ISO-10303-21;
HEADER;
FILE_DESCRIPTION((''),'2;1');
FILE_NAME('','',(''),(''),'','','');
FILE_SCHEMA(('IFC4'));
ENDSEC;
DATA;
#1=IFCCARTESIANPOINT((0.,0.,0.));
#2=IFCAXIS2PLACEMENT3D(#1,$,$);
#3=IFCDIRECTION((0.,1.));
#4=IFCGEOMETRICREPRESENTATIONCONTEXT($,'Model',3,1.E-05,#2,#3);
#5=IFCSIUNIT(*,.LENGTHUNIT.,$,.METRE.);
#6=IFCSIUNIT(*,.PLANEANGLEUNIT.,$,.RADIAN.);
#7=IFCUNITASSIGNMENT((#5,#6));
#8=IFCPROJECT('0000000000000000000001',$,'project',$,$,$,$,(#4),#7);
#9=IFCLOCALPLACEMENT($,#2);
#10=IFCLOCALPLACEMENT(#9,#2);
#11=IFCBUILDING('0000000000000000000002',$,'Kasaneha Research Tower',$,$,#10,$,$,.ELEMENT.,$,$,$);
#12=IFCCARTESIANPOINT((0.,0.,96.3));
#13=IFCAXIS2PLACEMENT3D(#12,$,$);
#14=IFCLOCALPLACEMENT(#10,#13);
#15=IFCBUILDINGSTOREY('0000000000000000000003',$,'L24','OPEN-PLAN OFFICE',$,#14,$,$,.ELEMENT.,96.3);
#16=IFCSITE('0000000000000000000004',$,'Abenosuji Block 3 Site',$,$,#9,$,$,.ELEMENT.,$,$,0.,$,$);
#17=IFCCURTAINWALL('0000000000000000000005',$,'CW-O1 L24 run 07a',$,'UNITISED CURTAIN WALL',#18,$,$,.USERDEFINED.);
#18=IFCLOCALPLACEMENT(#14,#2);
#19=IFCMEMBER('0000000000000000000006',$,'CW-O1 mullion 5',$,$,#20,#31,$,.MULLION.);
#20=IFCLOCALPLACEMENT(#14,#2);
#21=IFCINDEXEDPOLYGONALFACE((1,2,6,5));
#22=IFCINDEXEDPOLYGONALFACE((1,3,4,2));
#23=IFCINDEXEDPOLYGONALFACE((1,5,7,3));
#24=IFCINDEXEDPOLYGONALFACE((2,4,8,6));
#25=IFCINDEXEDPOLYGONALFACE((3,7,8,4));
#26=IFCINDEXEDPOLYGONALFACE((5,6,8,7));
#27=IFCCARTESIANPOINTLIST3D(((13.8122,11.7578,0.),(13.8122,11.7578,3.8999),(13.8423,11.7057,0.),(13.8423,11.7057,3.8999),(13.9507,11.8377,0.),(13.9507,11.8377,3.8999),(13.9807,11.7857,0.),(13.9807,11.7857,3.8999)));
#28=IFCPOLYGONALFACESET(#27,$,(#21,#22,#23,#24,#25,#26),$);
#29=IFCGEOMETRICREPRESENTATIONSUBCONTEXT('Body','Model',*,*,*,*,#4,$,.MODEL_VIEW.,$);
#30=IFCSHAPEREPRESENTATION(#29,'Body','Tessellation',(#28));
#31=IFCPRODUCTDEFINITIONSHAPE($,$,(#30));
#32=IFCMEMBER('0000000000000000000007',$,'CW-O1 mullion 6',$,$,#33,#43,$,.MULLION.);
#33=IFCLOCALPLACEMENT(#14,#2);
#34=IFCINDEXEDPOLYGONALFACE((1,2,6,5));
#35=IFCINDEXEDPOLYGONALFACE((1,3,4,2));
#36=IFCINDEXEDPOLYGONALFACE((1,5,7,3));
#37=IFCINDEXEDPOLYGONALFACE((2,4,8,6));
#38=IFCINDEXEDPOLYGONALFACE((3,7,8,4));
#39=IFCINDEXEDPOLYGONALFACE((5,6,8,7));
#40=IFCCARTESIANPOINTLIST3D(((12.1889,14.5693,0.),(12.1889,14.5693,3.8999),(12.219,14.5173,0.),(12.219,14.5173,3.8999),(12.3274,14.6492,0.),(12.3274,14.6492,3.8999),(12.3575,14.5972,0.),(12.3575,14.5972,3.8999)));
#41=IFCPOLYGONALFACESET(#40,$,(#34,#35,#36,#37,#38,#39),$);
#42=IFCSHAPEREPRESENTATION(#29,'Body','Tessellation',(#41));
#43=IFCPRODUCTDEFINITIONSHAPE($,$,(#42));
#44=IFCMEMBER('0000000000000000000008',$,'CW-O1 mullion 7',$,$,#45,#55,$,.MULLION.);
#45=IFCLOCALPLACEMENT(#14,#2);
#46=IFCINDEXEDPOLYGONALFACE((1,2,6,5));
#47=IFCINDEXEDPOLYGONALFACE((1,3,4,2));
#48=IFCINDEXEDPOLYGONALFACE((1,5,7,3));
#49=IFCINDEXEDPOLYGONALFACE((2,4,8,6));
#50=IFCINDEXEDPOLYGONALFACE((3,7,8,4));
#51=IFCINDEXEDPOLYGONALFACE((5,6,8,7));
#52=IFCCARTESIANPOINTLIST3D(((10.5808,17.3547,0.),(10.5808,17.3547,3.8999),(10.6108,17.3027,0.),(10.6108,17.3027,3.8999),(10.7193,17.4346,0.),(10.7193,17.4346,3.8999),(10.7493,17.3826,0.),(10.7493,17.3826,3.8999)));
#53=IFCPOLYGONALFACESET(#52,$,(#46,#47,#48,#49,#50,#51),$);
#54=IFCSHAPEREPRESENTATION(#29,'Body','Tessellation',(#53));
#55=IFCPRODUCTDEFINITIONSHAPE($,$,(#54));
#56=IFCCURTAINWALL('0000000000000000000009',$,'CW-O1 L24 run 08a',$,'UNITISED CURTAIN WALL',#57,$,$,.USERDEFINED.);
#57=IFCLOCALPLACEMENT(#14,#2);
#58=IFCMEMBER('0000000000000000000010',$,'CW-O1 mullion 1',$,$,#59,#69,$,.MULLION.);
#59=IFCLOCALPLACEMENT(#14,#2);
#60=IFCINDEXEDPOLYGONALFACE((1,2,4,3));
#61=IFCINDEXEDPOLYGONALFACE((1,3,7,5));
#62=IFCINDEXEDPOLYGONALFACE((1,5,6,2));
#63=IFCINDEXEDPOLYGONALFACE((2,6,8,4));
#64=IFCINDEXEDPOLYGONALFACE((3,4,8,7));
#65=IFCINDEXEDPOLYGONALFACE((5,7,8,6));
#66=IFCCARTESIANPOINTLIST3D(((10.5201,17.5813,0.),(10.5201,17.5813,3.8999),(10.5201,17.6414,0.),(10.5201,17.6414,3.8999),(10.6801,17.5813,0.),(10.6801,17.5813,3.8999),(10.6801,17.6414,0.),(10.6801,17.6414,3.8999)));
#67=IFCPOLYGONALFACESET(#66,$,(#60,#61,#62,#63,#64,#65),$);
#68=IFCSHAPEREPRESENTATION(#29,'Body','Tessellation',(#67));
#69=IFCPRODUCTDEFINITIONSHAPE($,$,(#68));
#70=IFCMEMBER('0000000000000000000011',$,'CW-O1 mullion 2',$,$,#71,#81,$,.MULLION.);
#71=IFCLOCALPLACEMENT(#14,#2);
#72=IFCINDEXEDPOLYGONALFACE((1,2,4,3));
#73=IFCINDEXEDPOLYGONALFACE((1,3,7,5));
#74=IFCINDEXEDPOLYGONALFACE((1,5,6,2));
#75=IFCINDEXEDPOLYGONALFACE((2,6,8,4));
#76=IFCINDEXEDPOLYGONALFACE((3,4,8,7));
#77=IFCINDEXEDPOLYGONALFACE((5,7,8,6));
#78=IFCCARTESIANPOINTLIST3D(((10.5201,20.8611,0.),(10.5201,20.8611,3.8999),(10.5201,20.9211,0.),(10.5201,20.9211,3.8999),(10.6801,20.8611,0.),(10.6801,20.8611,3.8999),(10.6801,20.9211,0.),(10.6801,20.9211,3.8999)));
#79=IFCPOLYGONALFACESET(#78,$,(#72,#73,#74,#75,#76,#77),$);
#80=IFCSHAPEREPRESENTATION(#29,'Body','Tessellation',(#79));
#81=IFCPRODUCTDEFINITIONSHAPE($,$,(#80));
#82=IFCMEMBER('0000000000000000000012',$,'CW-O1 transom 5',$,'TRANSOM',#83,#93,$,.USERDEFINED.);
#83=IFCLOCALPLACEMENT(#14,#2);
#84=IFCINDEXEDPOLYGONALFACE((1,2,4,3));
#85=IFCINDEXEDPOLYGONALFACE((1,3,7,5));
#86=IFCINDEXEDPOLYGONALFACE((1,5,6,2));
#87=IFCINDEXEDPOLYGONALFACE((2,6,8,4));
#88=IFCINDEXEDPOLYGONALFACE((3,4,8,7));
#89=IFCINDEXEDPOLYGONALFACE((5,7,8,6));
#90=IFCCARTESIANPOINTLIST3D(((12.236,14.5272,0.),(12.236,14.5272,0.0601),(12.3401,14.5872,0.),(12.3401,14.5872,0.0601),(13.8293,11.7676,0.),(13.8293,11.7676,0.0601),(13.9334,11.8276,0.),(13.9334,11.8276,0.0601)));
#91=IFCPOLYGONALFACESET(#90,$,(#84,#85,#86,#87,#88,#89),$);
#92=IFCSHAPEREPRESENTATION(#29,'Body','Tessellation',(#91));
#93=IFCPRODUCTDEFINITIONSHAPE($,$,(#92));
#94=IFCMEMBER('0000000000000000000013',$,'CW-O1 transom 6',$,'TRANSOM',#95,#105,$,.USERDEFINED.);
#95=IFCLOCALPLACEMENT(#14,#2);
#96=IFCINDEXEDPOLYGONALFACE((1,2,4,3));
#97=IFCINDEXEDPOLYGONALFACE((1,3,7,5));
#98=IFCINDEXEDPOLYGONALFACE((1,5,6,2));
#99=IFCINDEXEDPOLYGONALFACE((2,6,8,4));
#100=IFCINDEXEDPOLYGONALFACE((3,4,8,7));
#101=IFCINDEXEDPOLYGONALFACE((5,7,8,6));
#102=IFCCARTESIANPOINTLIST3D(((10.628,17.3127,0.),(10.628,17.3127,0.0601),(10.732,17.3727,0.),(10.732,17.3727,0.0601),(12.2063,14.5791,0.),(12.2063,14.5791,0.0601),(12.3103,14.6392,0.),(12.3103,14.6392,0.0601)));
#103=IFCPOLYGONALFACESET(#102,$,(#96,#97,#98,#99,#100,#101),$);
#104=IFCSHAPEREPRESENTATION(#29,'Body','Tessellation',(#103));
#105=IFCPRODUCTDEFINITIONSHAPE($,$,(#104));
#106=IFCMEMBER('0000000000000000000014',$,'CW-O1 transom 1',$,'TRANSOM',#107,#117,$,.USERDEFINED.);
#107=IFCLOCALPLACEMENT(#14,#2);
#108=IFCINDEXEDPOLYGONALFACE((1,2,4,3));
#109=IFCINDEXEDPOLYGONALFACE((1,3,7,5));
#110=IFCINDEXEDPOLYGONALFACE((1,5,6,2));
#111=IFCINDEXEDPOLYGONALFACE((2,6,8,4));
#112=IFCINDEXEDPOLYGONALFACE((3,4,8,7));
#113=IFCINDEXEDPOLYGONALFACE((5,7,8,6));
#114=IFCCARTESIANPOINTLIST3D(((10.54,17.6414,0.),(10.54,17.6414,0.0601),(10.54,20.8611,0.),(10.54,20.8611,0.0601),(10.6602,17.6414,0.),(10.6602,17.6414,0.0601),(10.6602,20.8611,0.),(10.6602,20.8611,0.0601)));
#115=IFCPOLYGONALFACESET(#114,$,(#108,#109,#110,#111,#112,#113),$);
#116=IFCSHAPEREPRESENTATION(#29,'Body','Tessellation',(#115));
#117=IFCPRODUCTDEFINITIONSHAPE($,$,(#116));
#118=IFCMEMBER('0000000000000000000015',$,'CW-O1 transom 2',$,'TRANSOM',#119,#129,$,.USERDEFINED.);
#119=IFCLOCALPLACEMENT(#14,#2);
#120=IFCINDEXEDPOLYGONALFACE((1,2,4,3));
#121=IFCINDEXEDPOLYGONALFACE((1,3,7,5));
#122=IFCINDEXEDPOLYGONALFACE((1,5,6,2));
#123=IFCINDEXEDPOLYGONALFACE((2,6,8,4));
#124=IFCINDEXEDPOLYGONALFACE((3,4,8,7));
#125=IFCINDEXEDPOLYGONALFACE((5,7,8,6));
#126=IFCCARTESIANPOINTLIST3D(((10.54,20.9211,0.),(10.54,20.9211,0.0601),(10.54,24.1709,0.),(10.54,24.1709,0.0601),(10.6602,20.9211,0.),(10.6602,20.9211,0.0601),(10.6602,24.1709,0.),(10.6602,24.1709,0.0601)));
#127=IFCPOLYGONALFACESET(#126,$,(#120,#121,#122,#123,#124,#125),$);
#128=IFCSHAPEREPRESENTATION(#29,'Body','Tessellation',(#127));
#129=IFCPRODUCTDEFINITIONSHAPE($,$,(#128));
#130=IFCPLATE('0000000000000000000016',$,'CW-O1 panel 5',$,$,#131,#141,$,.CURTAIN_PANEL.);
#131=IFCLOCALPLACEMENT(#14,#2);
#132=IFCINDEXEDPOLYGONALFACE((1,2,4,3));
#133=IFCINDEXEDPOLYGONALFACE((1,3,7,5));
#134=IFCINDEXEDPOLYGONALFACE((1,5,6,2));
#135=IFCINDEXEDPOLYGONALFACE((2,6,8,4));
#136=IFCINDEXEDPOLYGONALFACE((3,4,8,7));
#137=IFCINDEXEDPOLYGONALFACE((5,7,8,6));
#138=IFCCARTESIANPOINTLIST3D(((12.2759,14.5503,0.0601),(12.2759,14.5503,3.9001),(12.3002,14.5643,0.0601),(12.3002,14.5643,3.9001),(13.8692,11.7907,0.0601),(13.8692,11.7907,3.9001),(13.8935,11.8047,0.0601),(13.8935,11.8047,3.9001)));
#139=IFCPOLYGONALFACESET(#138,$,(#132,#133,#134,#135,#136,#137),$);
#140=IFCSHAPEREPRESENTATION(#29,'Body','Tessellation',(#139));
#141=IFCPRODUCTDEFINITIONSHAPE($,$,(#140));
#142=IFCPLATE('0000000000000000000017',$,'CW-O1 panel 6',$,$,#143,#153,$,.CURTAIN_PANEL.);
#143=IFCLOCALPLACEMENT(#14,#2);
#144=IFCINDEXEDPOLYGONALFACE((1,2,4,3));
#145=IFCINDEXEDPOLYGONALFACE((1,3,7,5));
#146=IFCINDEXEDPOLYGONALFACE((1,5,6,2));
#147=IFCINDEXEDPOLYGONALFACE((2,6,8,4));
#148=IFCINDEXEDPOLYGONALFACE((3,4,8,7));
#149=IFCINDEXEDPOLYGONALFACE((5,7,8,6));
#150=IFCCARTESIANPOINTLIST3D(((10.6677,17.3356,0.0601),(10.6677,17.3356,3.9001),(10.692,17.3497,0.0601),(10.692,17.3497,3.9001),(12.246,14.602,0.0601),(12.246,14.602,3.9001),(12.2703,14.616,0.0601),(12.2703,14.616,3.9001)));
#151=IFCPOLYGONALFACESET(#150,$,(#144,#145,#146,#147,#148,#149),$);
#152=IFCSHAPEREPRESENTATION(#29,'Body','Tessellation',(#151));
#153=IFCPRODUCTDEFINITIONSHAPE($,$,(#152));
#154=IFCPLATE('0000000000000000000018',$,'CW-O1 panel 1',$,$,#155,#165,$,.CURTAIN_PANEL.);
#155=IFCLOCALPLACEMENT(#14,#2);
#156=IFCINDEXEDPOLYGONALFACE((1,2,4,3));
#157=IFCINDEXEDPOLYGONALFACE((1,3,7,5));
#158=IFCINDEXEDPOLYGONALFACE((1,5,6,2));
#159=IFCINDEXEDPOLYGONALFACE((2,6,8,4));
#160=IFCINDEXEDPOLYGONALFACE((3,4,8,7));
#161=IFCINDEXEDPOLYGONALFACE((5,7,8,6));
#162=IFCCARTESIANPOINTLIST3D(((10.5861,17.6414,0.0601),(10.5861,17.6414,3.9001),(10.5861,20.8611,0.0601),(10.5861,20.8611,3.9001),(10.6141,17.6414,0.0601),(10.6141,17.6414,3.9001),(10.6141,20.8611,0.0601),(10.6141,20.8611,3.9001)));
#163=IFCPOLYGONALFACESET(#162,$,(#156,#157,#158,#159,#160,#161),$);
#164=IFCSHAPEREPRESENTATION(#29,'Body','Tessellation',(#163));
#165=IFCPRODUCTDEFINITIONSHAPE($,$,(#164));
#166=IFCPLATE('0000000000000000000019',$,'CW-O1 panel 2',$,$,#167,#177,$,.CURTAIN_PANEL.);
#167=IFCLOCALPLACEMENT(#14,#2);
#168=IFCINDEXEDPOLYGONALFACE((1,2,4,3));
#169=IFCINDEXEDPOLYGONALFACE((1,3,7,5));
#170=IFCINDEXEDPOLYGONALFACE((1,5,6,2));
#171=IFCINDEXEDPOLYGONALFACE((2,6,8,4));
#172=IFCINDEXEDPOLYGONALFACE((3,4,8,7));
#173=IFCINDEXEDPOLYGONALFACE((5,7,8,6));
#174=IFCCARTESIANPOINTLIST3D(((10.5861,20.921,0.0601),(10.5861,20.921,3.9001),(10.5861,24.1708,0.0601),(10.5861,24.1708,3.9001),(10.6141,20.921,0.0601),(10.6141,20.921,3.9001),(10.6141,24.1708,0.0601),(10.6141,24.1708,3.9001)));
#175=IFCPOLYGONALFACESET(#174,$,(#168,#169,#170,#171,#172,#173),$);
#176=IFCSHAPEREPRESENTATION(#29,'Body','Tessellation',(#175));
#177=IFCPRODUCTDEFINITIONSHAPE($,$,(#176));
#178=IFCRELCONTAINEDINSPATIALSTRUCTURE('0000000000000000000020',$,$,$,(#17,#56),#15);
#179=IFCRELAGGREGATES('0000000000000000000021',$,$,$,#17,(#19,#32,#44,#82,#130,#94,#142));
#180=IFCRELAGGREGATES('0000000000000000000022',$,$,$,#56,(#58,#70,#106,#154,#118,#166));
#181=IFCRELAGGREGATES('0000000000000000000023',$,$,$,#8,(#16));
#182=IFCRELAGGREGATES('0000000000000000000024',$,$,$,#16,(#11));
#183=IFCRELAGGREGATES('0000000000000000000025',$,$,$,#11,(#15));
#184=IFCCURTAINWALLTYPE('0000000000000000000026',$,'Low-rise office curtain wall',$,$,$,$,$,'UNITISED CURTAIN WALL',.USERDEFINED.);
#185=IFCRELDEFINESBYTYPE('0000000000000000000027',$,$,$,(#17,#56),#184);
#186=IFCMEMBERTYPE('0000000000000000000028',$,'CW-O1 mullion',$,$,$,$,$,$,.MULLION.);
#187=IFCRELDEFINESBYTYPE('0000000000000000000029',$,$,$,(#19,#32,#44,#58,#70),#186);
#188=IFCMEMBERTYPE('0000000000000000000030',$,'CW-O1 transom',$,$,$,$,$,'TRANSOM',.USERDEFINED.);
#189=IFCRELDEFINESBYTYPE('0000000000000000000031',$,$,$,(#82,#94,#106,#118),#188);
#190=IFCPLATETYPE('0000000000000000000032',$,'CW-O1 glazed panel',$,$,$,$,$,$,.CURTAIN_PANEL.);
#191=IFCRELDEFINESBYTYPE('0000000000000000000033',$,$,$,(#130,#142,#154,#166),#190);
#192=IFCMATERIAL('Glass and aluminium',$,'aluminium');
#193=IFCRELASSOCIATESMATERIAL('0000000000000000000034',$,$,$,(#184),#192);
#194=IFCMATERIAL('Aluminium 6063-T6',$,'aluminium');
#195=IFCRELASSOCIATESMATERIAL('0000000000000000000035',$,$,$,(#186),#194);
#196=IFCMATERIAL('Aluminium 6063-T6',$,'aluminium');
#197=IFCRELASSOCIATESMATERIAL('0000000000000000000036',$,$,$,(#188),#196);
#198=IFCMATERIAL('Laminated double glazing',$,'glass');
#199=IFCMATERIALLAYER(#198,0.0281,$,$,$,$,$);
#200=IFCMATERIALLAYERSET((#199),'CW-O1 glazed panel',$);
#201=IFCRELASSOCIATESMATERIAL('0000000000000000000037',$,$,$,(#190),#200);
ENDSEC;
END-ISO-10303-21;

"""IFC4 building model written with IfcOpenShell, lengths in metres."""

from ifc_helpers import new_model, si_unit, direction, frame, origin, origin_2d, place, context, subcontext, project, spatial, rectangle, extrude, material, layer, layer_set, material_profile, profile_set, type_object, element, aggregate, save


model = new_model("IFC4")

# Units and contexts
model_context = context("Model", 3, precision=1e-05, world=origin(), true_north=direction((0.0, 1.0)))
body_context = subcontext(model_context, "Body", "Model", "MODEL_VIEW")
ifc_project = project(units=[si_unit("LENGTHUNIT", "METRE"), si_unit("PLANEANGLEUNIT", "RADIAN")], contexts=[model_context])

# Site, building, storey
site_placement = place(None, origin())
site = spatial("IfcSite", under=ifc_project, at=site_placement, Name="Abenosuji Block 3 Site", CompositionType="ELEMENT", RefElevation=0.0)
building_placement = place(site_placement, origin())
building = spatial("IfcBuilding", under=site, at=building_placement, Name="Kasaneha Research Tower", CompositionType="ELEMENT")
storey_placement = place(building_placement, frame((0.0, 0.0, 96.3)))
storey = spatial("IfcBuildingStorey", under=building, at=storey_placement, Name="L24", Description="OPEN-PLAN OFFICE", CompositionType="ELEMENT", Elevation=96.3)

# Curtain walls, members
ifc_material_1 = material(Name="Glass and aluminium", Category="aluminium")
curtain_wall_type = type_object("IfcCurtainWallType", Name="Low-rise office curtain wall", ElementType="UNITISED CURTAIN WALL", PredefinedType="USERDEFINED", material=ifc_material_1)
curtain_wall_1_placement = place(storey_placement, origin())
curtain_wall_1 = element("IfcCurtainWall", 1, at=curtain_wall_1_placement, inside=storey, type_object=curtain_wall_type, Name="CW-O1 L24 run 07a", ObjectType="UNITISED CURTAIN WALL", PredefinedType="USERDEFINED")
ifc_material_2 = material(Name="Aluminium 6063-T6", Category="aluminium")
ifc_material_profile_1 = material_profile(ifc_material_2, rectangle(XDim=0.0601, YDim=0.1599, at=origin_2d()), Name="CW-O1 mullion 60x160")
ifc_profile_set_1 = profile_set([ifc_material_profile_1], Name="Aluminium 6063-T6")
member_type_1 = type_object("IfcMemberType", Name="CW-O1 mullion", PredefinedType="MULLION", material=ifc_profile_set_1)
member_1_placement = place(storey_placement, frame((13.8965, 11.7717, 0.0), z_axis=(0.0, 0.0, 1.0), x_axis=(-0.5, 0.866025, 0.0)))
member_1 = element("IfcMember", 2, at=member_1_placement, type_object=member_type_1, Name="CW-O1 mullion 5", PredefinedType="MULLION", context=body_context, shape_type="SweptSolid", body=[
    extrude(rectangle(XDim=0.0601, YDim=0.1599, at=origin_2d()), origin(), (0.0, 0.0, 1.0), 3.8999),
])
member_2_placement = place(storey_placement, frame((12.2732, 14.5833, 0.0), z_axis=(0.0, 0.0, 1.0), x_axis=(-0.5, 0.866025, 0.0)))
member_2 = element("IfcMember", 3, at=member_2_placement, type_object=member_type_1, Name="CW-O1 mullion 6", PredefinedType="MULLION", context=body_context, shape_type="SweptSolid", body=[
    extrude(rectangle(XDim=0.0601, YDim=0.1599, at=origin_2d()), origin(), (0.0, 0.0, 1.0), 3.8999),
])
member_3_placement = place(storey_placement, frame((10.665, 17.3687, 0.0), z_axis=(0.0, 0.0, 1.0), x_axis=(-0.5, 0.866025, 0.0)))
member_3 = element("IfcMember", 4, at=member_3_placement, type_object=member_type_1, Name="CW-O1 mullion 7", PredefinedType="MULLION", context=body_context, shape_type="SweptSolid", body=[
    extrude(rectangle(XDim=0.0601, YDim=0.1599, at=origin_2d()), origin(), (0.0, 0.0, 1.0), 3.8999),
])
curtain_wall_2_placement = place(storey_placement, origin())
curtain_wall_2 = element("IfcCurtainWall", 5, at=curtain_wall_2_placement, inside=storey, type_object=curtain_wall_type, Name="CW-O1 L24 run 08a", ObjectType="UNITISED CURTAIN WALL", PredefinedType="USERDEFINED")
member_4_placement = place(storey_placement, frame((10.6001, 17.6113, 0.0), z_axis=(0.0, 0.0, 1.0), x_axis=(0.0, 1.0, 0.0)))
member_4 = element("IfcMember", 6, at=member_4_placement, type_object=member_type_1, Name="CW-O1 mullion 1", PredefinedType="MULLION", context=body_context, shape_type="SweptSolid", body=[
    extrude(rectangle(XDim=0.0601, YDim=0.1599, at=origin_2d()), origin(), (0.0, 0.0, 1.0), 3.8999),
])
member_5_placement = place(storey_placement, frame((10.6001, 20.8911, 0.0), z_axis=(0.0, 0.0, 1.0), x_axis=(0.0, 1.0, 0.0)))
member_5 = element("IfcMember", 7, at=member_5_placement, type_object=member_type_1, Name="CW-O1 mullion 2", PredefinedType="MULLION", context=body_context, shape_type="SweptSolid", body=[
    extrude(rectangle(XDim=0.0601, YDim=0.1599, at=origin_2d()), origin(), (0.0, 0.0, 1.0), 3.8999),
])

# Members
ifc_material_3 = material(Name="Aluminium 6063-T6", Category="aluminium")
ifc_material_profile_2 = material_profile(ifc_material_3, rectangle(XDim=0.1201, YDim=0.0601, at=origin_2d()), Name="CW-O1 transom 120x60")
ifc_profile_set_2 = profile_set([ifc_material_profile_2], Name="Aluminium 6063-T6")
member_type_2 = type_object("IfcMemberType", Name="CW-O1 transom", ElementType="TRANSOM", PredefinedType="USERDEFINED", material=ifc_profile_set_2)
member_6_placement = place(storey_placement, frame((13.8813, 11.7976, 0.03), z_axis=(-0.500012, 0.866018, 0.0), x_axis=(-0.866018, -0.500012, 0.0)))
member_6 = element("IfcMember", 8, at=member_6_placement, type_object=member_type_2, Name="CW-O1 transom 5", ObjectType="TRANSOM", PredefinedType="USERDEFINED", context=body_context, shape_type="SweptSolid", body=[
    extrude(rectangle(XDim=0.1201, YDim=0.0601, at=origin_2d()), origin(), (0.0, 0.0, 1.0), 3.1865),
])
member_7_placement = place(storey_placement, frame((12.2583, 14.6091, 0.03), z_axis=(-0.500024, 0.866012, 0.0), x_axis=(-0.866012, -0.500024, 0.0)))
member_7 = element("IfcMember", 9, at=member_7_placement, type_object=member_type_2, Name="CW-O1 transom 6", ObjectType="TRANSOM", PredefinedType="USERDEFINED", context=body_context, shape_type="SweptSolid", body=[
    extrude(rectangle(XDim=0.1201, YDim=0.0601, at=origin_2d()), origin(), (0.0, 0.0, 1.0), 3.1565),
])
member_8_placement = place(storey_placement, frame((10.6001, 17.6414, 0.03), z_axis=(0.0, 1.0, 0.0), x_axis=(-1.0, 0.0, 0.0)))
member_8 = element("IfcMember", 10, at=member_8_placement, type_object=member_type_2, Name="CW-O1 transom 1", ObjectType="TRANSOM", PredefinedType="USERDEFINED", context=body_context, shape_type="SweptSolid", body=[
    extrude(rectangle(XDim=0.1201, YDim=0.0601, at=origin_2d()), origin(), (0.0, 0.0, 1.0), 3.2197),
])
member_9_placement = place(storey_placement, frame((10.6001, 20.9211, 0.03), z_axis=(0.0, 1.0, 0.0), x_axis=(-1.0, 0.0, 0.0)))
member_9 = element("IfcMember", 11, at=member_9_placement, type_object=member_type_2, Name="CW-O1 transom 2", ObjectType="TRANSOM", PredefinedType="USERDEFINED", context=body_context, shape_type="SweptSolid", body=[
    extrude(rectangle(XDim=0.1201, YDim=0.0601, at=origin_2d()), origin(), (0.0, 0.0, 1.0), 3.2498),
])

# Plates
ifc_material_4 = material(Name="Laminated double glazing", Category="glass")
ifc_layer_1 = layer(ifc_material_4, 0.0281)
ifc_layer_set_1 = layer_set([ifc_layer_1], Name="CW-O1 glazed panel")
plate_type = type_object("IfcPlateType", Name="CW-O1 glazed panel", PredefinedType="CURTAIN_PANEL", material=ifc_layer_set_1)
plate_1_placement = place(storey_placement, frame((13.0847, 13.1775, 0.0601), z_axis=(0.0, 0.0, 1.0), x_axis=(-0.5, 0.866025, 0.0)))
plate_1 = element("IfcPlate", 12, at=plate_1_placement, type_object=plate_type, Name="CW-O1 panel 5", PredefinedType="CURTAIN_PANEL", context=body_context, shape_type="SweptSolid", body=[
    extrude(rectangle(XDim=3.1865, YDim=0.0281, at=origin_2d()), origin(), (0.0, 0.0, 1.0), 3.8401),
])
plate_2_placement = place(storey_placement, frame((11.469, 15.9758, 0.0601), z_axis=(0.0, 0.0, 1.0), x_axis=(-0.5, 0.866025, 0.0)))
plate_2 = element("IfcPlate", 13, at=plate_2_placement, type_object=plate_type, Name="CW-O1 panel 6", PredefinedType="CURTAIN_PANEL", context=body_context, shape_type="SweptSolid", body=[
    extrude(rectangle(XDim=3.1565, YDim=0.0281, at=origin_2d()), origin(), (0.0, 0.0, 1.0), 3.8401),
])
aggregate(curtain_wall_1, [member_1, member_2, member_3, member_6, plate_1, member_7, plate_2])
plate_3_placement = place(storey_placement, frame((10.6001, 19.2512, 0.0601), z_axis=(0.0, 0.0, 1.0), x_axis=(0.0, 1.0, 0.0)))
plate_3 = element("IfcPlate", 14, at=plate_3_placement, type_object=plate_type, Name="CW-O1 panel 1", PredefinedType="CURTAIN_PANEL", context=body_context, shape_type="SweptSolid", body=[
    extrude(rectangle(XDim=3.2197, YDim=0.0281, at=origin_2d()), origin(), (0.0, 0.0, 1.0), 3.8401),
])
plate_4_placement = place(storey_placement, frame((10.6001, 22.5459, 0.0601), z_axis=(0.0, 0.0, 1.0), x_axis=(0.0, 1.0, 0.0)))
plate_4 = element("IfcPlate", 15, at=plate_4_placement, type_object=plate_type, Name="CW-O1 panel 2", PredefinedType="CURTAIN_PANEL", context=body_context, shape_type="SweptSolid", body=[
    extrude(rectangle(XDim=3.2498, YDim=0.0281, at=origin_2d()), origin(), (0.0, 0.0, 1.0), 3.8401),
])
aggregate(curtain_wall_2, [member_4, member_5, member_8, plate_3, member_9, plate_4])

save(model, "model.ifc")
